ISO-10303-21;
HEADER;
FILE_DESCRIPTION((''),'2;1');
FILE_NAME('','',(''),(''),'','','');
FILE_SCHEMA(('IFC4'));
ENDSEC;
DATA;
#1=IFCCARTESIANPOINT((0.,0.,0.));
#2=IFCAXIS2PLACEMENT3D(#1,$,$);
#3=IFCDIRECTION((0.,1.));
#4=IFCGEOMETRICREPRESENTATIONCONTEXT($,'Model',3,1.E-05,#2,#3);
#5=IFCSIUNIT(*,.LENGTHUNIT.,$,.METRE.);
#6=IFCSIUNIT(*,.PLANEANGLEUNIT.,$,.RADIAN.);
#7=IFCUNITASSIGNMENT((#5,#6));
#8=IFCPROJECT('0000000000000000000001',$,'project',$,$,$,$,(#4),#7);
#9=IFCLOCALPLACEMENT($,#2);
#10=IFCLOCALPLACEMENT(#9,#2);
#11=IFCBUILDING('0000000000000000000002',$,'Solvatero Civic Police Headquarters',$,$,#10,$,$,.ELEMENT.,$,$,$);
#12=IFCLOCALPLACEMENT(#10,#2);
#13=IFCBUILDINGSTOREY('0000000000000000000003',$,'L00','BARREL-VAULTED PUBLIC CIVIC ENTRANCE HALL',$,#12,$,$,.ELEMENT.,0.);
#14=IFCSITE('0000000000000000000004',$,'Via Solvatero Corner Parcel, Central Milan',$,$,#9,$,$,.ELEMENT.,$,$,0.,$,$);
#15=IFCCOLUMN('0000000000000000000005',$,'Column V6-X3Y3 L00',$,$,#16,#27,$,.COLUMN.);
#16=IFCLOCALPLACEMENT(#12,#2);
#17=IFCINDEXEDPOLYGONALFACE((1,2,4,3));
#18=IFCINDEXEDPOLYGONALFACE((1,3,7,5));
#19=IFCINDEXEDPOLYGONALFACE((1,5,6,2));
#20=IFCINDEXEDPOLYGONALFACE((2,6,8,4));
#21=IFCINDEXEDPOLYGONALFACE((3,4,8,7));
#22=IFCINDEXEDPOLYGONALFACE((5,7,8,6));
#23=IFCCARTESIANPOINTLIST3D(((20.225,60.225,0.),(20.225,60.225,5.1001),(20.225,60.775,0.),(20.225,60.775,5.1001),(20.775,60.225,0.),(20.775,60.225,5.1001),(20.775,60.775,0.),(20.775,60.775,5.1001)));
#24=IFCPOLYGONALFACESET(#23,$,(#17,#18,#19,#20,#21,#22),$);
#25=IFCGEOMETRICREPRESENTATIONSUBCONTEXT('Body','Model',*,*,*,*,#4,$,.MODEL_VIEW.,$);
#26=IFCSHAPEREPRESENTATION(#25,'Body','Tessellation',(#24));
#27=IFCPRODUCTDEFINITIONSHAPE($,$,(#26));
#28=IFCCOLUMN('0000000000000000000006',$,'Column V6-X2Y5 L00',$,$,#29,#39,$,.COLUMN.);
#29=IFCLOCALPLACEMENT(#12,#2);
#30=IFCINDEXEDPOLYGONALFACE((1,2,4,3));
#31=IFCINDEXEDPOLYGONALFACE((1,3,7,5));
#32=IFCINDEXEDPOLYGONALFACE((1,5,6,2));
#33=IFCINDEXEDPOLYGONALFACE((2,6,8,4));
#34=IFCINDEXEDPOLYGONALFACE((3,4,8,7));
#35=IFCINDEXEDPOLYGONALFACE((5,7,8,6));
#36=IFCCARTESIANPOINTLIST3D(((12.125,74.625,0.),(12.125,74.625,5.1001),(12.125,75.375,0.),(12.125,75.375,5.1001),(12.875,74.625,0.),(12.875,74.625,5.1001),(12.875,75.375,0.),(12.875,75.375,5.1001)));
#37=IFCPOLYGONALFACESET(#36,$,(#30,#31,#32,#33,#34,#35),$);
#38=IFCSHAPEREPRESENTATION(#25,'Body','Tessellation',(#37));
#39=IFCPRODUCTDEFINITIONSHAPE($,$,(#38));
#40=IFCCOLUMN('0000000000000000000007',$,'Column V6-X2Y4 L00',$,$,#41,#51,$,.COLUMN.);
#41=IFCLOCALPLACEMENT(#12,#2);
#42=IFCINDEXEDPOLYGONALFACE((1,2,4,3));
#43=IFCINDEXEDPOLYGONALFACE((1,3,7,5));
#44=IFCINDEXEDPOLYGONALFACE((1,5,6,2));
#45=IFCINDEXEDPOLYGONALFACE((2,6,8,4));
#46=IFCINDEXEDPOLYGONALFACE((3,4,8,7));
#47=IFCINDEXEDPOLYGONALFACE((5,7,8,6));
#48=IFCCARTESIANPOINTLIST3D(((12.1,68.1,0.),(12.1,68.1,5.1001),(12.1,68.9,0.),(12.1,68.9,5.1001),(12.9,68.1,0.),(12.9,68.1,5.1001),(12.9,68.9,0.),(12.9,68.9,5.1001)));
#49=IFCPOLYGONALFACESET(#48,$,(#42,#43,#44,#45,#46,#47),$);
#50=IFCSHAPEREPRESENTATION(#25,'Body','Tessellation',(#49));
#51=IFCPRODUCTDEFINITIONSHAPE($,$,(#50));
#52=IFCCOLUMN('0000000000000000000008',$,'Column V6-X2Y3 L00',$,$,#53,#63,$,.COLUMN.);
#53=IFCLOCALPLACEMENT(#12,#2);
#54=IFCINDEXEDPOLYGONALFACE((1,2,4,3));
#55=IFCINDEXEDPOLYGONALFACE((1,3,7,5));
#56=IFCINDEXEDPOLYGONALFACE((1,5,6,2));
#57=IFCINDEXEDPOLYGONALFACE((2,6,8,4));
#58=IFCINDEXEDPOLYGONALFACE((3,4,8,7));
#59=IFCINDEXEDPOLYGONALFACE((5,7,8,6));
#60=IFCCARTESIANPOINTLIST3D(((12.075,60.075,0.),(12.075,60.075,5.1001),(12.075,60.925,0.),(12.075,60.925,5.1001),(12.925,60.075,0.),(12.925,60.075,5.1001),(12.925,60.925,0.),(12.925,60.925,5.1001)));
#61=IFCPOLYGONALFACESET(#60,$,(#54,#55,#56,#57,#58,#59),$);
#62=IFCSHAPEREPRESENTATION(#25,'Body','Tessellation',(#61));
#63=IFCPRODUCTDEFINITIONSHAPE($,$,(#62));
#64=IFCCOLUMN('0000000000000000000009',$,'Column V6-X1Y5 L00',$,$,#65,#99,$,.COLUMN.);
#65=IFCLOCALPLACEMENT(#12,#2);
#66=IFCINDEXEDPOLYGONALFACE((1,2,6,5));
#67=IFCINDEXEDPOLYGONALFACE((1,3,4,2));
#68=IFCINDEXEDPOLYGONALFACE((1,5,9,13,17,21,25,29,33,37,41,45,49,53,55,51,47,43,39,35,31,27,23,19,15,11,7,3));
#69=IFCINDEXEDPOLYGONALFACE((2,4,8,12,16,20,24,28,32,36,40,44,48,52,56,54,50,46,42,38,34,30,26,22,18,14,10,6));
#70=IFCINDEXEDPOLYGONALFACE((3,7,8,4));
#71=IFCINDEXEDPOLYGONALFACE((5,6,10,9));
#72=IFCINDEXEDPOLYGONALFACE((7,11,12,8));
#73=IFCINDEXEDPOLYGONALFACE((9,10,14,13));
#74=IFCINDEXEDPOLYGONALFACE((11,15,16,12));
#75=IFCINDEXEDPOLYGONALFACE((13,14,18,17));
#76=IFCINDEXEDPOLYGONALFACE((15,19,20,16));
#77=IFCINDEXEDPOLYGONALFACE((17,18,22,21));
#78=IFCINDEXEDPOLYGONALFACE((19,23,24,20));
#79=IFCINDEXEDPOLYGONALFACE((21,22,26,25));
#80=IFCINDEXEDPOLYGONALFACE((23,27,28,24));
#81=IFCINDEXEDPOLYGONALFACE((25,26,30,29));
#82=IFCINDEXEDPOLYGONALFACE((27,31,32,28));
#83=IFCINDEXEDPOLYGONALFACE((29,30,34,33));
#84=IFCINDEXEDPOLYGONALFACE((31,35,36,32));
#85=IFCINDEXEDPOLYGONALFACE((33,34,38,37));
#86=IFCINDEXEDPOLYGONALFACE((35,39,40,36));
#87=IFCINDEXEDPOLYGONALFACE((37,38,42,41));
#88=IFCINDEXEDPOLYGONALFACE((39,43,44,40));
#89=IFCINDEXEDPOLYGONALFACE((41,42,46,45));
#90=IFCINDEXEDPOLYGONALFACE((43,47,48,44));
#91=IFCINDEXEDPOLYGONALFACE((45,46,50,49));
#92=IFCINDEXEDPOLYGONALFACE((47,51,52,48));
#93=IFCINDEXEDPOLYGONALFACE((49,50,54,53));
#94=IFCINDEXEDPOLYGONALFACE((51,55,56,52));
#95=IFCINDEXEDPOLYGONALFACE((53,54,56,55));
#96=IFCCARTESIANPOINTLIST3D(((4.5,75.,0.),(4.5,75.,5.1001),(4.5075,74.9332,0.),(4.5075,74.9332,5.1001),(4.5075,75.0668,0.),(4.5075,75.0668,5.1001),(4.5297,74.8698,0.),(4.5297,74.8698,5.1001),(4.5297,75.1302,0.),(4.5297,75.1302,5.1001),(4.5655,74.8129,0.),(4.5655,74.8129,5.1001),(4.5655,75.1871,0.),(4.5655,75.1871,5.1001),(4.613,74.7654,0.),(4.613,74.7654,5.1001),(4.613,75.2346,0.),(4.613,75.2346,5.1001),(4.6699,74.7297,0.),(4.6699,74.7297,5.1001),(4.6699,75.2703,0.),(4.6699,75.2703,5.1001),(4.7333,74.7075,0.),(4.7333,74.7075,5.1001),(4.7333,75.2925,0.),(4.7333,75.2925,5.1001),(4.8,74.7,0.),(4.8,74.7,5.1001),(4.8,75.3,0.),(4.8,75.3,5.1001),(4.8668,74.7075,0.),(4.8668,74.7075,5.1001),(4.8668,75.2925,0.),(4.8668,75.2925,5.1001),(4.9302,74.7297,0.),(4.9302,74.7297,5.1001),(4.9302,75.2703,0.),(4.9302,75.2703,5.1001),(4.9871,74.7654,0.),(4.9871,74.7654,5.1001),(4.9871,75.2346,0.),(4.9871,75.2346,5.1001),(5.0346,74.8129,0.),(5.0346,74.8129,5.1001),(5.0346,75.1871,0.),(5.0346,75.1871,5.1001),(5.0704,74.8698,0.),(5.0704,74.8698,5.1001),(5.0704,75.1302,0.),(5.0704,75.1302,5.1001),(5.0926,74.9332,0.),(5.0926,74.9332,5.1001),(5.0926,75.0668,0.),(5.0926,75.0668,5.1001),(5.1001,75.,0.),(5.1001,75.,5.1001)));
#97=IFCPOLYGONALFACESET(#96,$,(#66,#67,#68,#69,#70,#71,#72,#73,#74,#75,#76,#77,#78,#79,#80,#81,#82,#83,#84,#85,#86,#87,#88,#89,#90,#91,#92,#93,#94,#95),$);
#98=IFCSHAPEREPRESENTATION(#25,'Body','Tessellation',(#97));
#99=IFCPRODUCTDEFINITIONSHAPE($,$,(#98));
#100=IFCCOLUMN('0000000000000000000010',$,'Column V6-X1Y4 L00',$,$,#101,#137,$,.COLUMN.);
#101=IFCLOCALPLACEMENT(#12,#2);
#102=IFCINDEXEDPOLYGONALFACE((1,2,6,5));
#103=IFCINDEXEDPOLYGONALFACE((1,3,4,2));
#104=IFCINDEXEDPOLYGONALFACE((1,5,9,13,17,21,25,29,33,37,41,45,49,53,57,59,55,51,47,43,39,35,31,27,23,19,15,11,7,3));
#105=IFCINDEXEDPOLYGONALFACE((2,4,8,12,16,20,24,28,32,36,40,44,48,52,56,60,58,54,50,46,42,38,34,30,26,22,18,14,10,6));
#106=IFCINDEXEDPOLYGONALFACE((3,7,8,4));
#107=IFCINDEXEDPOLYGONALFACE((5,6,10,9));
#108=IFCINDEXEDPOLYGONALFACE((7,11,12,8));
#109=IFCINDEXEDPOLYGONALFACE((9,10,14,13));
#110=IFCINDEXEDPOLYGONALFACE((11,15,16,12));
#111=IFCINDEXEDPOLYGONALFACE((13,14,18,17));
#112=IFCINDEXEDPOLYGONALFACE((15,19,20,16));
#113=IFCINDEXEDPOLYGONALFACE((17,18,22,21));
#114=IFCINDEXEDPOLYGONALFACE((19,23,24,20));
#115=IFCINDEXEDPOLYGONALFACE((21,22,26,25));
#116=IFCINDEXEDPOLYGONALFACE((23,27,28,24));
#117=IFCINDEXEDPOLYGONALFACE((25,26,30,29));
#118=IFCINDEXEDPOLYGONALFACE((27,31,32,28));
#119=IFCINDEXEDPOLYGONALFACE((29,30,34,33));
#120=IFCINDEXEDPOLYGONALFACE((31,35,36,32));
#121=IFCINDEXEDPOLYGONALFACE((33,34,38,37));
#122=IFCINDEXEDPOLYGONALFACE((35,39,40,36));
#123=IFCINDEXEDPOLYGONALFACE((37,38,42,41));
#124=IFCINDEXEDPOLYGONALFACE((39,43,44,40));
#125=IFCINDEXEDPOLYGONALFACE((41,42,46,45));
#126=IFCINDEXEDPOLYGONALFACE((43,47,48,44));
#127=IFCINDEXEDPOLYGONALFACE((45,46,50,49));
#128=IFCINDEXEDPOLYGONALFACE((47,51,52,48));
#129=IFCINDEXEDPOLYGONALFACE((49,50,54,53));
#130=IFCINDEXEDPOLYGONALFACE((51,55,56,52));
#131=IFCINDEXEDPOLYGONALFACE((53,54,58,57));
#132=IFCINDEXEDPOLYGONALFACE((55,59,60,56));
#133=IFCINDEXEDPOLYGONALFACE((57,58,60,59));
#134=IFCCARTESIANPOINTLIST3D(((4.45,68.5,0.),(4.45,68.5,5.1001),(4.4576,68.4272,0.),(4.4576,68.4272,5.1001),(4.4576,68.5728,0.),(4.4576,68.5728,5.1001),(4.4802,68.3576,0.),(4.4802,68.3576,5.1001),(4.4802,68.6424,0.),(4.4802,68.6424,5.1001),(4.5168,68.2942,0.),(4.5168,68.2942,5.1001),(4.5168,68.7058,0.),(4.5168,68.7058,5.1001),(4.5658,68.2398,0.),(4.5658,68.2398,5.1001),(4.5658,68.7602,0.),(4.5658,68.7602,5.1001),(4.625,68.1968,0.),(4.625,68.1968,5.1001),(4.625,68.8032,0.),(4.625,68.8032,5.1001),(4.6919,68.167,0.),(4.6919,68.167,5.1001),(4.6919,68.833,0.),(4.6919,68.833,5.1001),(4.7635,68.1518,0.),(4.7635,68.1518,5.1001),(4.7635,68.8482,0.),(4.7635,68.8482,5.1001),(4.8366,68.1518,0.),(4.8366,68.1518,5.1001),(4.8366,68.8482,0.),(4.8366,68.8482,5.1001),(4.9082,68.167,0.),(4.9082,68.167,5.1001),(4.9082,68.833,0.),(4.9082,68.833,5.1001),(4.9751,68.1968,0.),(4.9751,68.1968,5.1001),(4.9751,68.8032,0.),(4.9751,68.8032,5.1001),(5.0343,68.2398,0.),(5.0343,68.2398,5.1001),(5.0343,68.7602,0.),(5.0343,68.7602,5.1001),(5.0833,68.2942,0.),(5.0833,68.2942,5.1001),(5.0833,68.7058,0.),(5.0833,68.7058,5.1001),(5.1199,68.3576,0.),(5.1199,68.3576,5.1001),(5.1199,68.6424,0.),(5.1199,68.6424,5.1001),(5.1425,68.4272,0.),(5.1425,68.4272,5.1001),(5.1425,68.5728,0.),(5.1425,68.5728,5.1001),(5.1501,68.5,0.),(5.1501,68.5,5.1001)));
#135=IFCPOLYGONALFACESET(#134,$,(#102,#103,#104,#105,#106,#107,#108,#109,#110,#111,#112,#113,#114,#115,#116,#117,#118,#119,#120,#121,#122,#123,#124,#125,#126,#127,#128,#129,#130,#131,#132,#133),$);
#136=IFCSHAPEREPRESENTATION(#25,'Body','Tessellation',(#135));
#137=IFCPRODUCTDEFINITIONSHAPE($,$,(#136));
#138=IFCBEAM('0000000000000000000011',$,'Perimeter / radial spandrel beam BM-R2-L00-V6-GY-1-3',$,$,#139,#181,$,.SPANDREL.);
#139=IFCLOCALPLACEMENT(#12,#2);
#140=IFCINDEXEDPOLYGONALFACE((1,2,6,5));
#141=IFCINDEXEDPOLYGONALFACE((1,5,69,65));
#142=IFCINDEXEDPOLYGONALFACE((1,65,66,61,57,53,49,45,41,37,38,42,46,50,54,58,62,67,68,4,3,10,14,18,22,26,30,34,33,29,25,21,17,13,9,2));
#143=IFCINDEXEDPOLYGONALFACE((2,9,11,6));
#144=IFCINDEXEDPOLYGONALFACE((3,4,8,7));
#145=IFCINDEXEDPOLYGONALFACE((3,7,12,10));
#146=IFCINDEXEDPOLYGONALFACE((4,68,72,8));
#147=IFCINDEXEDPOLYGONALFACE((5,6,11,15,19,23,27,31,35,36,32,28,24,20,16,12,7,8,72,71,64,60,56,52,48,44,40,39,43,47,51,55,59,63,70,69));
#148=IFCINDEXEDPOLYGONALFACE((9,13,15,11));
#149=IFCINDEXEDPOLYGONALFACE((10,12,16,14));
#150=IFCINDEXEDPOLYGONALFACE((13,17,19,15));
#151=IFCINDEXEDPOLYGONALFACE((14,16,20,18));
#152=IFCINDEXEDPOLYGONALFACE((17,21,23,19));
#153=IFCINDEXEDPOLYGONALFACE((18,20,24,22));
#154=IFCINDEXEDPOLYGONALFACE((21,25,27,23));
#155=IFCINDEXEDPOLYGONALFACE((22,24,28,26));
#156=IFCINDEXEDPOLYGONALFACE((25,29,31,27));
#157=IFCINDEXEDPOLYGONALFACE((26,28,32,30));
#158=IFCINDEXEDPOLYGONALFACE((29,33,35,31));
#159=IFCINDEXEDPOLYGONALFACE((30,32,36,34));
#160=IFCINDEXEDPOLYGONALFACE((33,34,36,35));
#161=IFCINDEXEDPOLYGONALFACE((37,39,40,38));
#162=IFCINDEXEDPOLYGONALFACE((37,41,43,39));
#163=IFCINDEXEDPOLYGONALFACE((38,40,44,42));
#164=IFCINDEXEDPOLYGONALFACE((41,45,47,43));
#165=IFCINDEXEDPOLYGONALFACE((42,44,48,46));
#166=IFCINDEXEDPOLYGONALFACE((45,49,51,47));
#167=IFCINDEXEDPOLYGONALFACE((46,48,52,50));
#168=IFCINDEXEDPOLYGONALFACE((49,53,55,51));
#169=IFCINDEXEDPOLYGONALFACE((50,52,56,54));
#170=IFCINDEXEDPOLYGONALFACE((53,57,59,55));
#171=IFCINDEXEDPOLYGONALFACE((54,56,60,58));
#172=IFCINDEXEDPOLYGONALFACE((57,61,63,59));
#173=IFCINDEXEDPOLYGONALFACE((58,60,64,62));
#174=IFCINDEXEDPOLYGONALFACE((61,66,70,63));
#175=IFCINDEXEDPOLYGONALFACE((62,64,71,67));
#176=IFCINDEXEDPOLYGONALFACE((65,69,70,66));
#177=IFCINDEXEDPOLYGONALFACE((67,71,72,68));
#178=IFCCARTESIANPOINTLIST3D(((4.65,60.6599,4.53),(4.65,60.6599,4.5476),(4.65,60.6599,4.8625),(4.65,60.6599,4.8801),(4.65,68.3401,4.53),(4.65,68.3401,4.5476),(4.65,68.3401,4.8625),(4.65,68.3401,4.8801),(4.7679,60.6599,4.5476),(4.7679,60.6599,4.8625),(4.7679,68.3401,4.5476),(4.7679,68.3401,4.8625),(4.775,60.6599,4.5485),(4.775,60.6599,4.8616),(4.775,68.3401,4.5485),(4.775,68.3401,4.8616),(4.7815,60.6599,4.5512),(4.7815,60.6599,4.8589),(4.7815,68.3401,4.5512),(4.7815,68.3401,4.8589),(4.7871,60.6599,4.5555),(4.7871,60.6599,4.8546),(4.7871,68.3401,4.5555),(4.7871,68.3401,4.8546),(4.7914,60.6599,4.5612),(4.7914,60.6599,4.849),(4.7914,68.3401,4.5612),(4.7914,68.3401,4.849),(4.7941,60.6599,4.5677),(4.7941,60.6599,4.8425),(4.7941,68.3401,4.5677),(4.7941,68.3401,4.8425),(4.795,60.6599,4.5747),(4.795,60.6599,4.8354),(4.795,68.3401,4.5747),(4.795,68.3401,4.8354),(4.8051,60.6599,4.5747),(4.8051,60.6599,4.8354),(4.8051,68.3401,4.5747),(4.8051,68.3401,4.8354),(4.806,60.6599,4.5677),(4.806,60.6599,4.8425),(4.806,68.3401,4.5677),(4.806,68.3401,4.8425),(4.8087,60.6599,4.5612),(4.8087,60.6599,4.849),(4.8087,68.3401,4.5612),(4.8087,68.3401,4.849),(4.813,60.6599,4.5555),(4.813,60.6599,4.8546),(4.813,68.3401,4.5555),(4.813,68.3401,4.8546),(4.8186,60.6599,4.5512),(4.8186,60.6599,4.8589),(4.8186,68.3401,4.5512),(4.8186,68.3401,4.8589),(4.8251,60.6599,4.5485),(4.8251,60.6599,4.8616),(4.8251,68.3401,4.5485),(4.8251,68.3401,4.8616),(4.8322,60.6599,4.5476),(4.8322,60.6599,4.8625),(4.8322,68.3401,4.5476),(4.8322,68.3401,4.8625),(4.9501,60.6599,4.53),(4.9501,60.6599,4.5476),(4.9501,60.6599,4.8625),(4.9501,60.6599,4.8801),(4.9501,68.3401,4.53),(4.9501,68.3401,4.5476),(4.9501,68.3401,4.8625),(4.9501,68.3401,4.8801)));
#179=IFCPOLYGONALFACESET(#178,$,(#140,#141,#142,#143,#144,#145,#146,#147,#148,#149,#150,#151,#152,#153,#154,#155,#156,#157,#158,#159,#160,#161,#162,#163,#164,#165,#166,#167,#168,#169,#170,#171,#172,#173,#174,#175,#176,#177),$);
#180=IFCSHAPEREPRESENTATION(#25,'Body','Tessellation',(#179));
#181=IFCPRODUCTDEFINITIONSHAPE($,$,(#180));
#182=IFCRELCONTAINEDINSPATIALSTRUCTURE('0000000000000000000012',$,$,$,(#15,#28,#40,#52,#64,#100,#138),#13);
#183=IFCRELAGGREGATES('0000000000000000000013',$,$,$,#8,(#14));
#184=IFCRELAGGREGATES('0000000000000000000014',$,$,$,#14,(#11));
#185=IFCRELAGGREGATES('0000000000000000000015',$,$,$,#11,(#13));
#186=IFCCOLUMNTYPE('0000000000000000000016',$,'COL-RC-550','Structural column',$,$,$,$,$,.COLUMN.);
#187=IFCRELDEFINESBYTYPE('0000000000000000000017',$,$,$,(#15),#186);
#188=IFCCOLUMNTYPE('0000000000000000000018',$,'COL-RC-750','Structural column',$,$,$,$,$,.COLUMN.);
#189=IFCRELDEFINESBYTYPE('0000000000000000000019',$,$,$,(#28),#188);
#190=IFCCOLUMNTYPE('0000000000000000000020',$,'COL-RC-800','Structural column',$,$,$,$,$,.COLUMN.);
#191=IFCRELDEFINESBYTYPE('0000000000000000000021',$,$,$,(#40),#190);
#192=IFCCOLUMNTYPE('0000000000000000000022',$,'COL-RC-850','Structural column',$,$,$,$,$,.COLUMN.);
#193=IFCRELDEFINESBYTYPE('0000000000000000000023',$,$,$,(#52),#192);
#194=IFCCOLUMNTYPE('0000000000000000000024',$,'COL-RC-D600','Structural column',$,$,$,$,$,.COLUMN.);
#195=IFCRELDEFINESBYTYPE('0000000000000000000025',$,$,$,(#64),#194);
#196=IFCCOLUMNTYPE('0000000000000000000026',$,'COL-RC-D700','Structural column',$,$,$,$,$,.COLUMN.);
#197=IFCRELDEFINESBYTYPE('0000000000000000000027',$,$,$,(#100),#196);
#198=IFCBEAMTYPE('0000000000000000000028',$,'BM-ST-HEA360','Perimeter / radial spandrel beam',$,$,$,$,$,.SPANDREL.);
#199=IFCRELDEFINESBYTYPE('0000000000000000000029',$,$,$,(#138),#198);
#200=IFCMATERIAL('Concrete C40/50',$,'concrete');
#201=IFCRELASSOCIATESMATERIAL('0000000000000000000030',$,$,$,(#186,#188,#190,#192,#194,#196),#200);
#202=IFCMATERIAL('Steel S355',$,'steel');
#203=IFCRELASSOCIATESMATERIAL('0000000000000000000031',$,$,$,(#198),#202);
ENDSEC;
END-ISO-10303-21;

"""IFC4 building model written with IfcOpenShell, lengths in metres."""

from ifc_helpers import new_model, si_unit, direction, frame, origin, origin_2d, place, context, subcontext, project, spatial, rectangle, circle, i_section, extrude, material, material_profile, profile_set, type_object, element, save


model = new_model("IFC4")

# Units and contexts
model_context = context("Model", 3, precision=1e-05, world=origin(), true_north=direction((0.0, 1.0)))
body_context = subcontext(model_context, "Body", "Model", "MODEL_VIEW")
ifc_project = project(units=[si_unit("LENGTHUNIT", "METRE"), si_unit("PLANEANGLEUNIT", "RADIAN")], contexts=[model_context])

# Site, building, storey
site_placement = place(None, origin())
site = spatial("IfcSite", under=ifc_project, at=site_placement, Name="Via Solvatero Corner Parcel, Central Milan", CompositionType="ELEMENT", RefElevation=0.0)
building_placement = place(site_placement, origin())
building = spatial("IfcBuilding", under=site, at=building_placement, Name="Solvatero Civic Police Headquarters", CompositionType="ELEMENT")
storey_placement = place(building_placement, origin())
storey = spatial("IfcBuildingStorey", under=building, at=storey_placement, Name="L00", Description="BARREL-VAULTED PUBLIC CIVIC ENTRANCE HALL", CompositionType="ELEMENT", Elevation=0.0)

# Columns
ifc_material_1 = material(Name="Concrete C40/50", Category="concrete")
ifc_material_profile_1 = material_profile(ifc_material_1, rectangle(XDim=0.55, YDim=0.55, at=origin_2d()), Name="RC 550x550")
ifc_profile_set_1 = profile_set([ifc_material_profile_1], Name="Concrete C40/50")
column_type_1 = type_object("IfcColumnType", Name="COL-RC-550", Description="Structural column", PredefinedType="COLUMN", material=ifc_profile_set_1)
column_1_placement = place(storey_placement, frame((20.5, 60.5, 0.0), z_axis=(0.0, 0.0, 1.0), x_axis=(1.0, 0.0, 0.0)))
element("IfcColumn", 1, at=column_1_placement, inside=storey, type_object=column_type_1, Name="Column V6-X3Y3 L00", PredefinedType="COLUMN", context=body_context, shape_type="SweptSolid", body=[
    extrude(rectangle(XDim=0.55, YDim=0.55, at=origin_2d()), origin(), (0.0, 0.0, 1.0), 5.1001),
])
ifc_material_profile_2 = material_profile(ifc_material_1, rectangle(XDim=0.75, YDim=0.75, at=origin_2d()), Name="RC 750x750")
ifc_profile_set_2 = profile_set([ifc_material_profile_2], Name="Concrete C40/50")
column_type_2 = type_object("IfcColumnType", Name="COL-RC-750", Description="Structural column", PredefinedType="COLUMN", material=ifc_profile_set_2)
column_2_placement = place(storey_placement, frame((12.5, 75.0, 0.0), z_axis=(0.0, 0.0, 1.0), x_axis=(1.0, 0.0, 0.0)))
element("IfcColumn", 2, at=column_2_placement, inside=storey, type_object=column_type_2, Name="Column V6-X2Y5 L00", PredefinedType="COLUMN", context=body_context, shape_type="SweptSolid", body=[
    extrude(rectangle(XDim=0.75, YDim=0.75, at=origin_2d()), origin(), (0.0, 0.0, 1.0), 5.1001),
])
ifc_material_profile_3 = material_profile(ifc_material_1, rectangle(XDim=0.8, YDim=0.8, at=origin_2d()), Name="RC 800x800")
ifc_profile_set_3 = profile_set([ifc_material_profile_3], Name="Concrete C40/50")
column_type_3 = type_object("IfcColumnType", Name="COL-RC-800", Description="Structural column", PredefinedType="COLUMN", material=ifc_profile_set_3)
column_3_placement = place(storey_placement, frame((12.5, 68.5, 0.0), z_axis=(0.0, 0.0, 1.0), x_axis=(1.0, 0.0, 0.0)))
element("IfcColumn", 3, at=column_3_placement, inside=storey, type_object=column_type_3, Name="Column V6-X2Y4 L00", PredefinedType="COLUMN", context=body_context, shape_type="SweptSolid", body=[
    extrude(rectangle(XDim=0.8, YDim=0.8, at=origin_2d()), origin(), (0.0, 0.0, 1.0), 5.1001),
])
ifc_material_profile_4 = material_profile(ifc_material_1, rectangle(XDim=0.8501, YDim=0.8501, at=origin_2d()), Name="RC 850x850")
ifc_profile_set_4 = profile_set([ifc_material_profile_4], Name="Concrete C40/50")
column_type_4 = type_object("IfcColumnType", Name="COL-RC-850", Description="Structural column", PredefinedType="COLUMN", material=ifc_profile_set_4)
column_4_placement = place(storey_placement, frame((12.5, 60.5, 0.0), z_axis=(0.0, 0.0, 1.0), x_axis=(1.0, 0.0, 0.0)))
element("IfcColumn", 4, at=column_4_placement, inside=storey, type_object=column_type_4, Name="Column V6-X2Y3 L00", PredefinedType="COLUMN", context=body_context, shape_type="SweptSolid", body=[
    extrude(rectangle(XDim=0.8501, YDim=0.8501, at=origin_2d()), origin(), (0.0, 0.0, 1.0), 5.1001),
])
ifc_material_profile_5 = material_profile(ifc_material_1, circle(Radius=0.3, at=origin_2d()), Name="RC COL D600")
ifc_profile_set_5 = profile_set([ifc_material_profile_5], Name="Concrete C40/50")
column_type_5 = type_object("IfcColumnType", Name="COL-RC-D600", Description="Structural column", PredefinedType="COLUMN", material=ifc_profile_set_5)
column_5_placement = place(storey_placement, frame((4.8, 75.0, 0.0), z_axis=(0.0, 0.0, 1.0), x_axis=(1.0, 0.0, 0.0)))
element("IfcColumn", 5, at=column_5_placement, inside=storey, type_object=column_type_5, Name="Column V6-X1Y5 L00", PredefinedType="COLUMN", context=body_context, shape_type="SweptSolid", body=[
    extrude(circle(Radius=0.3, at=origin_2d()), origin(), (0.0, 0.0, 1.0), 5.1001),
])
ifc_material_profile_6 = material_profile(ifc_material_1, circle(Radius=0.3501, at=origin_2d()), Name="RC COL D700")
ifc_profile_set_6 = profile_set([ifc_material_profile_6], Name="Concrete C40/50")
column_type_6 = type_object("IfcColumnType", Name="COL-RC-D700", Description="Structural column", PredefinedType="COLUMN", material=ifc_profile_set_6)
column_6_placement = place(storey_placement, frame((4.8, 68.5, 0.0), z_axis=(0.0, 0.0, 1.0), x_axis=(1.0, 0.0, 0.0)))
element("IfcColumn", 6, at=column_6_placement, inside=storey, type_object=column_type_6, Name="Column V6-X1Y4 L00", PredefinedType="COLUMN", context=body_context, shape_type="SweptSolid", body=[
    extrude(circle(Radius=0.3501, at=origin_2d()), origin(), (0.0, 0.0, 1.0), 5.1001),
])

# Beam
ifc_material_2 = material(Name="Steel S355", Category="steel")
ifc_material_profile_7 = material_profile(ifc_material_2, i_section(OverallWidth=0.3, OverallDepth=0.3501, WebThickness=0.01, FlangeThickness=0.0176, FilletRadius=0.0271, at=origin_2d()), Name="HEA 360")
ifc_profile_set_7 = profile_set([ifc_material_profile_7], Name="Steel S355")
beam_type_1 = type_object("IfcBeamType", Name="BM-ST-HEA360", Description="Perimeter / radial spandrel beam", PredefinedType="SPANDREL", material=ifc_profile_set_7)
beam_1_placement = place(storey_placement, frame((4.8, 60.6599, 4.7051), z_axis=(0.0, 1.0, 0.0), x_axis=(-1.0, 0.0, 0.0)))
element("IfcBeam", 7, at=beam_1_placement, inside=storey, type_object=beam_type_1, Name="Perimeter / radial spandrel beam BM-R2-L00-V6-GY-1-3", PredefinedType="SPANDREL", context=body_context, shape_type="SweptSolid", body=[
    extrude(i_section(OverallWidth=0.3, OverallDepth=0.3501, WebThickness=0.01, FlangeThickness=0.0176, FilletRadius=0.0271, at=origin_2d()), origin(), (0.0, 0.0, 1.0), 7.6802),
])

save(model, "model.ifc")
